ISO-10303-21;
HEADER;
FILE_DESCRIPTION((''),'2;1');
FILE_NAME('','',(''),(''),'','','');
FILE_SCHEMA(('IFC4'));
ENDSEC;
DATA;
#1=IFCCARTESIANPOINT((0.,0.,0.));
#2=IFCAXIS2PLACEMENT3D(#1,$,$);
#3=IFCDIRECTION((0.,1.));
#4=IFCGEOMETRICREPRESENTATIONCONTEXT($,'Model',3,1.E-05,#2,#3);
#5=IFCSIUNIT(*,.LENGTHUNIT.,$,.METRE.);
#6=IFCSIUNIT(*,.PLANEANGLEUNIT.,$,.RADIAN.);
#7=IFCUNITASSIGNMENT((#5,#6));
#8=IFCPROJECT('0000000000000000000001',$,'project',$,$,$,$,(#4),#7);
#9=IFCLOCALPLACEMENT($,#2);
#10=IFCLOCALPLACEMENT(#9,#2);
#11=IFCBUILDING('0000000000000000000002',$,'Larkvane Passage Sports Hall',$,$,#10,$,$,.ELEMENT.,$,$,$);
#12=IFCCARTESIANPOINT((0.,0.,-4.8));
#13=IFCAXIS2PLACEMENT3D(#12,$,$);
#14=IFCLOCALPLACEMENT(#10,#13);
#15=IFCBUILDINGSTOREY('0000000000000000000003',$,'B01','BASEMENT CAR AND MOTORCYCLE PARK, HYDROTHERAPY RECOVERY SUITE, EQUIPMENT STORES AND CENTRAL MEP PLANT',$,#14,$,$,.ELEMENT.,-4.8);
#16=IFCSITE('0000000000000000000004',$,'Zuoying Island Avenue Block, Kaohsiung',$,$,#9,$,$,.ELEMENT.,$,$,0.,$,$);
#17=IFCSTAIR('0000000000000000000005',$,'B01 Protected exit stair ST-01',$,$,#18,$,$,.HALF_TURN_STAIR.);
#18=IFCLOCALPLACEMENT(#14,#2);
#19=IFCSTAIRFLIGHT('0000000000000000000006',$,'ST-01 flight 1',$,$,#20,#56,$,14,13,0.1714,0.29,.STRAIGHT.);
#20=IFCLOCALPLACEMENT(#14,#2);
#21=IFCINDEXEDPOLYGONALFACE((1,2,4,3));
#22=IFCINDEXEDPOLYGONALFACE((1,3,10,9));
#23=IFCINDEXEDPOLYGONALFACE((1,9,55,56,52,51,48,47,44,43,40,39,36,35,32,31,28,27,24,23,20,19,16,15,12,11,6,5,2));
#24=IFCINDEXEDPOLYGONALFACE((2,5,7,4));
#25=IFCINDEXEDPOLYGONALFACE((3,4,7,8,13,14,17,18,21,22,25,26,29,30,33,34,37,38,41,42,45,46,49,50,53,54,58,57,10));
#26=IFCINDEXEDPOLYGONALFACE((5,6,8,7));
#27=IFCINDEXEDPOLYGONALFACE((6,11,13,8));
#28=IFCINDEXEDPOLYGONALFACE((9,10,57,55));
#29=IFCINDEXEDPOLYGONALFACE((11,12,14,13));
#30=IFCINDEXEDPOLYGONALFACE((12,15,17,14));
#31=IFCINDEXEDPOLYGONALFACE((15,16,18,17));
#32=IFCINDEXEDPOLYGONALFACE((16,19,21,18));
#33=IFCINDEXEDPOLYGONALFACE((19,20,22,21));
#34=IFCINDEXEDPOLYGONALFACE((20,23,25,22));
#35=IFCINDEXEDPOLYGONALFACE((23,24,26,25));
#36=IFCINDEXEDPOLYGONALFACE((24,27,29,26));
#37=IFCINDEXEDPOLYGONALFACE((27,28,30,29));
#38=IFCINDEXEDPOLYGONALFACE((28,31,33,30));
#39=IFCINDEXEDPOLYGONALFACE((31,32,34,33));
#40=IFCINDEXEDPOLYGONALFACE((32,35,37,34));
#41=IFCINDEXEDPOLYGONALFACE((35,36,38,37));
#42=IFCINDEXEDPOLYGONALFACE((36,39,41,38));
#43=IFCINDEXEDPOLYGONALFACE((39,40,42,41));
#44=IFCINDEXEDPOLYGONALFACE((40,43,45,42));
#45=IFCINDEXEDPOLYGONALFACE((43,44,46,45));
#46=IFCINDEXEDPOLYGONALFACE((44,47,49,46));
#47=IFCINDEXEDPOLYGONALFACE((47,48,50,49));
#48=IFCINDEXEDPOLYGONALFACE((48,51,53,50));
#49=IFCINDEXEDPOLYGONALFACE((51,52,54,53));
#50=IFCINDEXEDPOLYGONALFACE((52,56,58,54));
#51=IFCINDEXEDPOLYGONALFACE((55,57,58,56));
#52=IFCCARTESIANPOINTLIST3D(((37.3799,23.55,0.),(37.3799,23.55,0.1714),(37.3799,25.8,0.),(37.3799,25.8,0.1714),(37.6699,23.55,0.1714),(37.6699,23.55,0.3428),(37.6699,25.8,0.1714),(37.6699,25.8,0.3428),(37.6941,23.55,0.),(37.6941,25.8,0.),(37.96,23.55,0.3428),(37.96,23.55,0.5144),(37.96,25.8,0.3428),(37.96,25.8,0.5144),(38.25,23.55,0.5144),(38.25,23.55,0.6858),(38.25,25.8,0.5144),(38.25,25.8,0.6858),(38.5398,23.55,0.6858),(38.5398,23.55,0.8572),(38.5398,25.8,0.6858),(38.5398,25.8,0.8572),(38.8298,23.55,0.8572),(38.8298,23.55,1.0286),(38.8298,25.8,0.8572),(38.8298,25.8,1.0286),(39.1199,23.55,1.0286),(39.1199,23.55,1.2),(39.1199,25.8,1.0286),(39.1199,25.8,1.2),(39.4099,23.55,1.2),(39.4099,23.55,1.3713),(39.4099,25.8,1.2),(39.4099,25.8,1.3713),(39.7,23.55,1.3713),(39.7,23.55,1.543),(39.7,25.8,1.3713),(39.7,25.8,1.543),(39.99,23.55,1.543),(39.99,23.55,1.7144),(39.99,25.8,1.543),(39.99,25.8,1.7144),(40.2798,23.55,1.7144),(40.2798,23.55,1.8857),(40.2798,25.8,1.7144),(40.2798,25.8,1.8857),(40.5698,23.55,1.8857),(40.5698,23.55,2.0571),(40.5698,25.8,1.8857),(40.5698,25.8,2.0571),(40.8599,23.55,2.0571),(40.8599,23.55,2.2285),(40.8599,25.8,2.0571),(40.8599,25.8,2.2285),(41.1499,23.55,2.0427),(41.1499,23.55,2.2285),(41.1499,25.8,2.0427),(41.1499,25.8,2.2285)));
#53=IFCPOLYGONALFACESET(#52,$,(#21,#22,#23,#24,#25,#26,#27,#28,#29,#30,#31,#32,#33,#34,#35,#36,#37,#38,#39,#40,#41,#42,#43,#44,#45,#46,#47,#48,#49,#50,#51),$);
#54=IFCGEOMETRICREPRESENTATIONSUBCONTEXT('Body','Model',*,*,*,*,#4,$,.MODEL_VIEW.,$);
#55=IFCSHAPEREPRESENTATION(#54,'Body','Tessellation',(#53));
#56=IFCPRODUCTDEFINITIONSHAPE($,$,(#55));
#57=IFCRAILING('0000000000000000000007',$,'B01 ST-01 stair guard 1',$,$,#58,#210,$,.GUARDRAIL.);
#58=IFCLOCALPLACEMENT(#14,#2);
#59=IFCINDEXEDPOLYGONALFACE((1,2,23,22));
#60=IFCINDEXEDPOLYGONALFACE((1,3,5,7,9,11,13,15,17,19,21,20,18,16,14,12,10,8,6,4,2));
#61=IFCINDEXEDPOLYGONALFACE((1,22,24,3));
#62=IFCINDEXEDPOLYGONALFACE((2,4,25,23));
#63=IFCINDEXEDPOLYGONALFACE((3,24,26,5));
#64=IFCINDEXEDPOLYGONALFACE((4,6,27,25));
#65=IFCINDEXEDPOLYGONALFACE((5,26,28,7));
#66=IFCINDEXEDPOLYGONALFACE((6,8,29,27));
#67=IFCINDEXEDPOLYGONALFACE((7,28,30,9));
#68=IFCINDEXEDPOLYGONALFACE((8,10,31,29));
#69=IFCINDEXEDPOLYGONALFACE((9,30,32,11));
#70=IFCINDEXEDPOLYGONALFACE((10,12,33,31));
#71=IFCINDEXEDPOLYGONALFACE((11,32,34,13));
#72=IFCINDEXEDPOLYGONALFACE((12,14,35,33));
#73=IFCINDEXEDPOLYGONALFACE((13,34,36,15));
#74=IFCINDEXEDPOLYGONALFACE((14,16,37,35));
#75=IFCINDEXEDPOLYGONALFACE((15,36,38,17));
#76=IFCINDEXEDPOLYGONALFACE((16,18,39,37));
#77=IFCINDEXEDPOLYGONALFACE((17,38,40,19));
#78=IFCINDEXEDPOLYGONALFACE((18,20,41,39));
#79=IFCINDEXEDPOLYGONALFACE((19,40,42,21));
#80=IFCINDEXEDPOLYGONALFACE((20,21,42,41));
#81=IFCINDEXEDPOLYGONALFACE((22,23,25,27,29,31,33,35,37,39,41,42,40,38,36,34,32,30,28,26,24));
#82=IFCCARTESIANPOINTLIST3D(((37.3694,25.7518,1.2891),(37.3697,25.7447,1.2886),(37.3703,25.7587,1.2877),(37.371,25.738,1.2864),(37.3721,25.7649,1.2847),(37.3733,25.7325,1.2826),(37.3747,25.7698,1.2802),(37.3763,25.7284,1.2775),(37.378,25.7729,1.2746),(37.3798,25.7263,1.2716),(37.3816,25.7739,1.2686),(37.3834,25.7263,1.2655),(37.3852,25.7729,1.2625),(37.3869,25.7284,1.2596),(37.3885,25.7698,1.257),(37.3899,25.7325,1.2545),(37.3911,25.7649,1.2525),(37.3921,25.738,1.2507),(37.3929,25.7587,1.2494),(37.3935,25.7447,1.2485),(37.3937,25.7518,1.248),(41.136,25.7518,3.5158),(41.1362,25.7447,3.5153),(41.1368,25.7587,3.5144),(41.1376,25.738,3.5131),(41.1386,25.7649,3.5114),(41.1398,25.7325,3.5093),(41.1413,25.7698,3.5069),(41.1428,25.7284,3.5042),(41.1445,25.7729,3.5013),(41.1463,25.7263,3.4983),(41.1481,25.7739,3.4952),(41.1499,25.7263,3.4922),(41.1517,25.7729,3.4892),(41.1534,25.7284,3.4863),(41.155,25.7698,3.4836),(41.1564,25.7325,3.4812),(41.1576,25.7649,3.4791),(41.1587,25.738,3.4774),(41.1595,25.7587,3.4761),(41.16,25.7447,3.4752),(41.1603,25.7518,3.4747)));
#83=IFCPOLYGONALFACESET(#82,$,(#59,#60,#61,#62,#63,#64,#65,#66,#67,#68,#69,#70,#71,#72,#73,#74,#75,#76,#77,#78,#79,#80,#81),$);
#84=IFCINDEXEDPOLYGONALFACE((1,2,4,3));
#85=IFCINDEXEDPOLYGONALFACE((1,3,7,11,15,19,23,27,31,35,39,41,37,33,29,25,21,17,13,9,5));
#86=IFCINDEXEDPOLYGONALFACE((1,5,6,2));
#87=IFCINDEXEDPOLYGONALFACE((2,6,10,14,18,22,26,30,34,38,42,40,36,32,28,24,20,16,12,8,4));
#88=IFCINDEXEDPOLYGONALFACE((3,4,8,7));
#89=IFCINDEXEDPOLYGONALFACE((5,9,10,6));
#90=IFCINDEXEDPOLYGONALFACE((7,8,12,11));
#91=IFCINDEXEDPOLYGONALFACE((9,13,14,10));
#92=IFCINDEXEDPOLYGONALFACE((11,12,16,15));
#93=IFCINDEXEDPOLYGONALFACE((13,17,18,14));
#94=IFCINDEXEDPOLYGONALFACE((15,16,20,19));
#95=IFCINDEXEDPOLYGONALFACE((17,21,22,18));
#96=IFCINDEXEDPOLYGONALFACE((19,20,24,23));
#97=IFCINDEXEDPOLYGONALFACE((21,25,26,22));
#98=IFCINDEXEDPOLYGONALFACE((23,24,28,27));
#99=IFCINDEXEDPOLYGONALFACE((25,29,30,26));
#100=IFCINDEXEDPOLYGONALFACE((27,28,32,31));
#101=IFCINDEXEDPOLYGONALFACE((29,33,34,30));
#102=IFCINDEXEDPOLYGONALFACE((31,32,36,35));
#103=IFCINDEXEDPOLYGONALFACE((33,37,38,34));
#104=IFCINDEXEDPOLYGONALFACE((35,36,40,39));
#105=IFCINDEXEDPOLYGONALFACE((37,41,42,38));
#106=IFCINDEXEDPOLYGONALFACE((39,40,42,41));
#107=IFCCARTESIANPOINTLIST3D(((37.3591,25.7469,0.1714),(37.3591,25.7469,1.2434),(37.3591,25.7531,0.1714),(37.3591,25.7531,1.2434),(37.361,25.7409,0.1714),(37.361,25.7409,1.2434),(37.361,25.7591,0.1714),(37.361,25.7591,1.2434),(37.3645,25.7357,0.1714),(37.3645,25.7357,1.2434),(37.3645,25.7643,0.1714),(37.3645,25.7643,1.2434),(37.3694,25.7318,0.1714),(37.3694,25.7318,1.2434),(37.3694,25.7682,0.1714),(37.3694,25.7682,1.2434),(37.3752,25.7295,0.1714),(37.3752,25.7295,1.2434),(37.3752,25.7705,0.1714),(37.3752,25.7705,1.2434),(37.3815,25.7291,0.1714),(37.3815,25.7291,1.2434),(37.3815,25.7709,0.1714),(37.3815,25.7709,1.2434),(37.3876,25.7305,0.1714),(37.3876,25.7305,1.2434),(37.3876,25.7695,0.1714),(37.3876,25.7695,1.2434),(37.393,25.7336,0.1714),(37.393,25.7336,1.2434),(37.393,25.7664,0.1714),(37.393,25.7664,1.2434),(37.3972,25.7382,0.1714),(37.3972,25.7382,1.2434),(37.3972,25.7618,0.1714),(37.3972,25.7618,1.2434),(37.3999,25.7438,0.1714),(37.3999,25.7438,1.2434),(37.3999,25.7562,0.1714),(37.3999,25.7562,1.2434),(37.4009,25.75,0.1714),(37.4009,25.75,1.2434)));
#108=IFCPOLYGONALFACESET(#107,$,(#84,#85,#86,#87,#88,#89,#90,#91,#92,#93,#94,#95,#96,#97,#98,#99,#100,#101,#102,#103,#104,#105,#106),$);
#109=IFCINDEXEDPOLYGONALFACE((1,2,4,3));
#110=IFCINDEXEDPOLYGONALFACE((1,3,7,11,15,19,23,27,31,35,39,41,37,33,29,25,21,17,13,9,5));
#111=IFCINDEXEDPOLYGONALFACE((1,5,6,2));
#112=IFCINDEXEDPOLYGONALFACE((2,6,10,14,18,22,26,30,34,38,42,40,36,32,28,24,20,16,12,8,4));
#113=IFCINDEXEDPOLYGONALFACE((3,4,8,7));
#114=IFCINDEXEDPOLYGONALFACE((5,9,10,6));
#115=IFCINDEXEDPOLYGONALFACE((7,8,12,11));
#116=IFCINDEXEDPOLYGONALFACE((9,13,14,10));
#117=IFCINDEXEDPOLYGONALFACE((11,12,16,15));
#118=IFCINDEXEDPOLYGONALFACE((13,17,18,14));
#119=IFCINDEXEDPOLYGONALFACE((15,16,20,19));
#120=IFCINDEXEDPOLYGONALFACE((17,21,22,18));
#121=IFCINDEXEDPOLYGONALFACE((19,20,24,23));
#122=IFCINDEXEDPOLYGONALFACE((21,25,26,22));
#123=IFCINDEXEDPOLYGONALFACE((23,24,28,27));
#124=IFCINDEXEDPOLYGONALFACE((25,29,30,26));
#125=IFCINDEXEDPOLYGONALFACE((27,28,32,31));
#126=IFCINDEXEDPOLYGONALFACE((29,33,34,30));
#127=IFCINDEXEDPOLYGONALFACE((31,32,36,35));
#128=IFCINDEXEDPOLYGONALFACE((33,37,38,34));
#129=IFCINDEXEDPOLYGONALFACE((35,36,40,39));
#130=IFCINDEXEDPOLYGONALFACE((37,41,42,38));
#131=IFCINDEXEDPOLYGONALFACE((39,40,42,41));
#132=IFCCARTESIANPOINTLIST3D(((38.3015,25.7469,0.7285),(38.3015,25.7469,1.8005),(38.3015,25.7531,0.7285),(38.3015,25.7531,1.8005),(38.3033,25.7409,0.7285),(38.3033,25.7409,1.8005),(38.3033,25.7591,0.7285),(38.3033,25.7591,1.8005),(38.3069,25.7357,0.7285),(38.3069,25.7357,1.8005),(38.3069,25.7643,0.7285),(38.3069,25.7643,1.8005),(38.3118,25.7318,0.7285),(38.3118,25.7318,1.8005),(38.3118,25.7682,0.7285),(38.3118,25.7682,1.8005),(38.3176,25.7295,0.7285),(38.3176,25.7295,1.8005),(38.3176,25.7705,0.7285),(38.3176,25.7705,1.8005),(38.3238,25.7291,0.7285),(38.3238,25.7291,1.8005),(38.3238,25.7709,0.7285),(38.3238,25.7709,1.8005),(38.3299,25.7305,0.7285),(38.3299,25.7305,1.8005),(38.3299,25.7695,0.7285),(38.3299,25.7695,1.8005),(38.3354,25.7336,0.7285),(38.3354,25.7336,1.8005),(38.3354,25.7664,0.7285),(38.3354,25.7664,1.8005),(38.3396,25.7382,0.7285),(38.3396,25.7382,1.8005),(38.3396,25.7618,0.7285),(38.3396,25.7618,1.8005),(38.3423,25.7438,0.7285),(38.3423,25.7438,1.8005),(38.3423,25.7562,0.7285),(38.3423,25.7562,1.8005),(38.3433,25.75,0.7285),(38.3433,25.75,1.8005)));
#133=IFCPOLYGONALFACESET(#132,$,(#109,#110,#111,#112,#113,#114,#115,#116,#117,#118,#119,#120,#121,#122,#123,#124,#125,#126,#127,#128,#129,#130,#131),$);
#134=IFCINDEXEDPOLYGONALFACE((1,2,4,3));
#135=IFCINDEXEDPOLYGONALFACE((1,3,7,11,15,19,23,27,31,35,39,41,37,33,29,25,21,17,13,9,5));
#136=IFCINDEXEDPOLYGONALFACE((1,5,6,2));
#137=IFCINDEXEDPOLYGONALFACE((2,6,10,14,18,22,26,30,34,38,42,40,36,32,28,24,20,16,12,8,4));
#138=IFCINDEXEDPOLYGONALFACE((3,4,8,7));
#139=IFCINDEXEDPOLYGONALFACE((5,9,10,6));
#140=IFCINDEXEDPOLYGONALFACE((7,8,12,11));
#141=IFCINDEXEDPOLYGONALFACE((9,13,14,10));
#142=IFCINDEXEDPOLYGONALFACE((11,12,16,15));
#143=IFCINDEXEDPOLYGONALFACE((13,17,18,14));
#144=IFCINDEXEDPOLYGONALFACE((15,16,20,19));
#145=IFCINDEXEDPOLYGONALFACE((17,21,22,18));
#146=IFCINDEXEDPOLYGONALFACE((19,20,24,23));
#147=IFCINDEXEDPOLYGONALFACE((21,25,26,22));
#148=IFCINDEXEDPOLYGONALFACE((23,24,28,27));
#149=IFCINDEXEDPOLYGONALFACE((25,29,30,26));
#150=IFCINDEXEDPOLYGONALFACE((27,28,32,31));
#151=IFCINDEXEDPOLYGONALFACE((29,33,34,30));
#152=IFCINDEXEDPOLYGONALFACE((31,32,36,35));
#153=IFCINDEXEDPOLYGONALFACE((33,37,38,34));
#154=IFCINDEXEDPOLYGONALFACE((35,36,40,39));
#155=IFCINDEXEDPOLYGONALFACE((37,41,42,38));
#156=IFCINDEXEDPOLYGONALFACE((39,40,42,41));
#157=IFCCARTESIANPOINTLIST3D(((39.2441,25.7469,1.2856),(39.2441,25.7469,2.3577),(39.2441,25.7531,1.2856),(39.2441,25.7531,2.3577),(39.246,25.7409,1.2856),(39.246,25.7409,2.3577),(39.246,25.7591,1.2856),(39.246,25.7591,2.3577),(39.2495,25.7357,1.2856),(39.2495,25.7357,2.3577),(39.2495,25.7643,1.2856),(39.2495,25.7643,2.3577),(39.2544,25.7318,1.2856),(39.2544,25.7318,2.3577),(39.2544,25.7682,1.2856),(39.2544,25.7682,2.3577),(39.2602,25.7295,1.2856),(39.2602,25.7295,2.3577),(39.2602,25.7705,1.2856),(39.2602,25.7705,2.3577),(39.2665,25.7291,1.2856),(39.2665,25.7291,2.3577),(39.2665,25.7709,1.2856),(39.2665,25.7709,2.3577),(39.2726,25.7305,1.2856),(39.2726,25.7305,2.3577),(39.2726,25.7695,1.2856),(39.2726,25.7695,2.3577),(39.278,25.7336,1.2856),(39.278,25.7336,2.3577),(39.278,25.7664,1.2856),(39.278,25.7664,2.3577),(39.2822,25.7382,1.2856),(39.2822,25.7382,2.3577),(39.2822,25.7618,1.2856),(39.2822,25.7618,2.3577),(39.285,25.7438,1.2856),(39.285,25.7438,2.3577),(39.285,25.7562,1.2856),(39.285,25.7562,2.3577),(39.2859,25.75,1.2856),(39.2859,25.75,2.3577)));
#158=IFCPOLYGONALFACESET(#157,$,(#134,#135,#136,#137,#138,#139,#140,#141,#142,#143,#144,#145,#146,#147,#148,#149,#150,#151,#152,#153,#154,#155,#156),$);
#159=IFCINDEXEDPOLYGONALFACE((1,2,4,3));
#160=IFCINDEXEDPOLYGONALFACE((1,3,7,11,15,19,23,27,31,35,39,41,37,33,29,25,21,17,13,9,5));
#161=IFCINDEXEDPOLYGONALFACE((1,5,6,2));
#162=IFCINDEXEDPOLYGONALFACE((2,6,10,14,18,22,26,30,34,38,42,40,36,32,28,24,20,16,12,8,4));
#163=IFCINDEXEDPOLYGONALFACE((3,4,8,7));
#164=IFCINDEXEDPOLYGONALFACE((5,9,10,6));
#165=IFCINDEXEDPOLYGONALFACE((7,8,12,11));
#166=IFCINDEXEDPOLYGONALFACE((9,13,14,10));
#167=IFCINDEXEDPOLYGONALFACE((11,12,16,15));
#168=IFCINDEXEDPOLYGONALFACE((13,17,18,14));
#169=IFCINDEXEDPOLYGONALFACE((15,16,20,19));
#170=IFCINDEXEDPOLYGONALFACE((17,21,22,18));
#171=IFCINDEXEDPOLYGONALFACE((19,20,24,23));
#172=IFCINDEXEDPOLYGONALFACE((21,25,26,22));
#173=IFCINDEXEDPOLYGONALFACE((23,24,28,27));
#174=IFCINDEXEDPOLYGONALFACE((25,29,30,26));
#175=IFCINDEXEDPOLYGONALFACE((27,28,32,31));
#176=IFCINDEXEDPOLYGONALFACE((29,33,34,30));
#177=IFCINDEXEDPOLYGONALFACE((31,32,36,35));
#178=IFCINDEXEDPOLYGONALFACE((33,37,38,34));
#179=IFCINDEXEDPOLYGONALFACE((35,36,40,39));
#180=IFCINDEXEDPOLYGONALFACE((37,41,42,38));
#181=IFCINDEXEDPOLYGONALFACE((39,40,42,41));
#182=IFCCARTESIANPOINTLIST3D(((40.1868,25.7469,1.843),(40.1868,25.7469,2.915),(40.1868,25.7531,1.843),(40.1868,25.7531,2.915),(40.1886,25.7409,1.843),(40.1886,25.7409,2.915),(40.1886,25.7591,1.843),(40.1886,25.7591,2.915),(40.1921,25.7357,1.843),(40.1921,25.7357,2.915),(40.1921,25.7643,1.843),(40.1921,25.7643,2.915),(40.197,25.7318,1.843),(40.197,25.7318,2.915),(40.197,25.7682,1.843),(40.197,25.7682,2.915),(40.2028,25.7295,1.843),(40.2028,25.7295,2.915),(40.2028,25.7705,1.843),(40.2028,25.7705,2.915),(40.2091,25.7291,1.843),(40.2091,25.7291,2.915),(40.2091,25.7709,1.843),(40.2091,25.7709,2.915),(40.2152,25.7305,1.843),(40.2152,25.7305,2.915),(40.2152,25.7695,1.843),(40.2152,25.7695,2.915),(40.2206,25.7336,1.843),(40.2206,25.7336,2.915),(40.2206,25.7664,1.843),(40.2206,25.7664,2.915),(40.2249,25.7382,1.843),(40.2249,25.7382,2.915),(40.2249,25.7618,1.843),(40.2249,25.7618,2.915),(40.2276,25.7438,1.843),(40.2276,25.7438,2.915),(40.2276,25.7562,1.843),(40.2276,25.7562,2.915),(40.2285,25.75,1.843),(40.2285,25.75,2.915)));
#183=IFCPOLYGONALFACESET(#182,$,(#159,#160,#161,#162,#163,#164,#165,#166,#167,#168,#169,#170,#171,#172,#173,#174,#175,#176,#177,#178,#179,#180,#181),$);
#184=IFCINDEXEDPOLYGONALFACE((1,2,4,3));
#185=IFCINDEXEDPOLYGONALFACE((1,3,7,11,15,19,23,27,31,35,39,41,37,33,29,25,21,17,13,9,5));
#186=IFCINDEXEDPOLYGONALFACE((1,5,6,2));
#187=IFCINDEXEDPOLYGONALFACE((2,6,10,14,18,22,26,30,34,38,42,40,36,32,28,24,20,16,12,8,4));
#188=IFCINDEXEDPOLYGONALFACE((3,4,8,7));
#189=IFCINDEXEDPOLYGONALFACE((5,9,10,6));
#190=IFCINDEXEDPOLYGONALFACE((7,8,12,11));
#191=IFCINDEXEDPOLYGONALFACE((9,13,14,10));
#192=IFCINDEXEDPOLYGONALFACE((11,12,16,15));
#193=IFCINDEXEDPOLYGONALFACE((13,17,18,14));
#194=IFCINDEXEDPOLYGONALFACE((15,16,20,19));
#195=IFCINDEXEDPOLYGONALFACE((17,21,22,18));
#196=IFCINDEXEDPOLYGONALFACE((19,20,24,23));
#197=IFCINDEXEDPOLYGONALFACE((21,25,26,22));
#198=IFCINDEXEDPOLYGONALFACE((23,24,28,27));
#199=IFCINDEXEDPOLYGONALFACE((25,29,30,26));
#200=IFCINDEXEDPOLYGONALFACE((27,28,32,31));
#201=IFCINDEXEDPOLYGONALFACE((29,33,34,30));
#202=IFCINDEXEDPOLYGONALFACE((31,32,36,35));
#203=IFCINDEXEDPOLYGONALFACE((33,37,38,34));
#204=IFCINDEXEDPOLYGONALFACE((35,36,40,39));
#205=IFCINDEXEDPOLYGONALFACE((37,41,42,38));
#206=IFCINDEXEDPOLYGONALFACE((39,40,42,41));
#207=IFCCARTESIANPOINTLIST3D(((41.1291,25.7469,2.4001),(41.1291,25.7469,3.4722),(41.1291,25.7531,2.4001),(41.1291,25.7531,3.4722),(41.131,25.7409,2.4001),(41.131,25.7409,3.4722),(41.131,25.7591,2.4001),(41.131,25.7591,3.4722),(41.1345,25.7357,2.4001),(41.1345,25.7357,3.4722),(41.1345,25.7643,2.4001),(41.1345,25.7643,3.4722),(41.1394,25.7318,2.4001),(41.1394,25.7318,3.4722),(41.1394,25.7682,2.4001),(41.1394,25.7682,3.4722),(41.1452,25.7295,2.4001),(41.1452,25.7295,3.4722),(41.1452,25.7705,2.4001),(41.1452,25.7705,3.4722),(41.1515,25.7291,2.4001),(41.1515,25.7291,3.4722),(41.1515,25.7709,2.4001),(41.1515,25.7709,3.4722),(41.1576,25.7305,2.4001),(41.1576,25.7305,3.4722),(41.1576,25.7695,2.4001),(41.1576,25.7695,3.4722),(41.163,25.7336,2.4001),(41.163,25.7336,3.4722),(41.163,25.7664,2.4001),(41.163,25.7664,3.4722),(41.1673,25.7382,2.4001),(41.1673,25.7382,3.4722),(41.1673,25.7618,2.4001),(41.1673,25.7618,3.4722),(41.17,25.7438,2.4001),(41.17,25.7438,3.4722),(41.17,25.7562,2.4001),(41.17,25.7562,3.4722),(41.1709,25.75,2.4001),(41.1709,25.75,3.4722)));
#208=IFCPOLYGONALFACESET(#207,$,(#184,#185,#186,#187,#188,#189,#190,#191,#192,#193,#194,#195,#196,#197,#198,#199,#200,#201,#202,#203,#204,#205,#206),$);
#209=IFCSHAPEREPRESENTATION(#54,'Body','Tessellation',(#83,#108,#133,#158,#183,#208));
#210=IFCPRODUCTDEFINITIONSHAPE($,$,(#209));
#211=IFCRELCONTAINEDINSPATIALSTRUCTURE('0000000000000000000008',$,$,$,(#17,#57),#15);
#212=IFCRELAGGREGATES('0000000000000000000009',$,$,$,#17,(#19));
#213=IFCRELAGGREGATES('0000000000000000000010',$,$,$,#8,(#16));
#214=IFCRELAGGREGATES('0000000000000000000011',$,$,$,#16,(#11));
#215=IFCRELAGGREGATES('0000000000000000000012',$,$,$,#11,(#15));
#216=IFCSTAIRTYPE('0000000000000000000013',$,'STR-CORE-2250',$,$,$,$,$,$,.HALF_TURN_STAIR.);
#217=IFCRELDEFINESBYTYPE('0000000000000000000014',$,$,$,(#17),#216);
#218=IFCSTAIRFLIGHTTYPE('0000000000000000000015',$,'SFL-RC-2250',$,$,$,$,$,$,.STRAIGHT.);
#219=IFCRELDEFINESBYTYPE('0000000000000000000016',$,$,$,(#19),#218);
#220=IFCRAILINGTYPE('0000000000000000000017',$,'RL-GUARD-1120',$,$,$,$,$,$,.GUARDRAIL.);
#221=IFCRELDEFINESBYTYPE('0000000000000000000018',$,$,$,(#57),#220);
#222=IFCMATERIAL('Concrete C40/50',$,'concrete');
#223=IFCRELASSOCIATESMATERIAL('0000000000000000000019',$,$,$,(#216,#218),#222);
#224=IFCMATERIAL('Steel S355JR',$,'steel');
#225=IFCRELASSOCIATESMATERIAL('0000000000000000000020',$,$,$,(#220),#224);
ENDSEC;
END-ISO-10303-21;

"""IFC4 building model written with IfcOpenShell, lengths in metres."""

from ifc_helpers import new_model, si_unit, direction, frame, origin, origin_2d, place, context, subcontext, project, spatial, polyline, circle, outline, extrude, material, type_object, element, aggregate, save


model = new_model("IFC4")

# Units and contexts
model_context = context("Model", 3, precision=1e-05, world=origin(), true_north=direction((0.0, 1.0)))
body_context = subcontext(model_context, "Body", "Model", "MODEL_VIEW")
ifc_project = project(units=[si_unit("LENGTHUNIT", "METRE"), si_unit("PLANEANGLEUNIT", "RADIAN")], contexts=[model_context])

# Site, building, storey
site_placement = place(None, origin())
site = spatial("IfcSite", under=ifc_project, at=site_placement, Name="Zuoying Island Avenue Block, Kaohsiung", CompositionType="ELEMENT", RefElevation=0.0)
building_placement = place(site_placement, origin())
building = spatial("IfcBuilding", under=site, at=building_placement, Name="Larkvane Passage Sports Hall", CompositionType="ELEMENT")
storey_placement = place(building_placement, frame((0.0, 0.0, -4.8)))
storey = spatial("IfcBuildingStorey", under=building, at=storey_placement, Name="B01", Description="BASEMENT CAR AND MOTORCYCLE PARK, HYDROTHERAPY RECOVERY SUITE, EQUIPMENT STORES AND CENTRAL MEP PLANT", CompositionType="ELEMENT", Elevation=-4.8)

# Shared definitions
ifc_material_1 = material(Name="Concrete C40/50", Category="concrete")

# Stair
stair_type = type_object("IfcStairType", Name="STR-CORE-2250", PredefinedType="HALF_TURN_STAIR", material=ifc_material_1)
stair_1_placement = place(storey_placement, origin())
stair_1 = element("IfcStair", 1, at=stair_1_placement, inside=storey, type_object=stair_type, Name="B01 Protected exit stair ST-01", PredefinedType="HALF_TURN_STAIR")

# Stair flight
stair_flight_type = type_object("IfcStairFlightType", Name="SFL-RC-2250", PredefinedType="STRAIGHT", material=ifc_material_1)
stair_flight_placement = place(storey_placement, frame((37.3799, 24.675, 0.0), z_axis=(0.0, 0.0, 1.0), x_axis=(1.0, 0.0, 0.0)))
stair_flight = element("IfcStairFlight", 2, at=stair_flight_placement, type_object=stair_flight_type, Name="ST-01 flight 1", NumberOfRisers=14, NumberOfTreads=13, PredefinedType="STRAIGHT", RiserHeight=0.1714, TreadLength=0.29, context=body_context, shape_type="SweptSolid", body=[
    extrude(outline(polyline([(0.0, 0.0), (0.0, 0.1714), (0.29, 0.1714), (0.29, 0.3428), (0.5801, 0.3428), (0.5801, 0.5144), (0.8701, 0.5144), (0.8701, 0.6858), (1.1599, 0.6858), (1.1599, 0.8572), (1.45, 0.8572), (1.45, 1.0286), (1.74, 1.0286), (1.74, 1.2), (2.03, 1.2), (2.03, 1.3713), (2.3201, 1.3713), (2.3201, 1.543), (2.6101, 1.543), (2.6101, 1.7144), (2.8999, 1.7144), (2.8999, 1.8857), (3.1899, 1.8857), (3.1899, 2.0571), (3.48, 2.0571), (3.48, 2.2285), (3.77, 2.2285), (3.77, 2.3999), (3.77, 2.0427), (0.3142, 0.0), (0.0, 0.0)])), frame((0.0, 1.125, 0.0), z_axis=(0.0, -1.0, 0.0), x_axis=(1.0, 0.0, 0.0)), (0.0, 0.0, 1.0), 2.25),
])
aggregate(stair_1, [stair_flight])

# Railing
ifc_material_2 = material(Name="Steel S355JR", Category="steel")
railing_type_1 = type_object("IfcRailingType", Name="RL-GUARD-1120", PredefinedType="GUARDRAIL", material=ifc_material_2)
railing_1_placement = place(storey_placement, frame((37.3799, 25.75, 0.1714)))
element("IfcRailing", 3, at=railing_1_placement, inside=storey, type_object=railing_type_1, Name="B01 ST-01 stair guard 1", PredefinedType="GUARDRAIL", context=body_context, shape_type="SweptSolid", body=[
    extrude(circle(Radius=0.0239, at=origin_2d()), frame((0.0017, 0.0, 1.0972), z_axis=(0.860824, 0.0, 0.508902), x_axis=(0.0, 1.0, 0.0)), (0.0, 0.0, 1.0), 4.3755),
    extrude(circle(Radius=0.021, at=origin_2d()), origin(), (0.0, 0.0, 1.0), 1.072),
    extrude(circle(Radius=0.021, at=origin_2d()), frame((0.9424, 0.0, 0.5571)), (0.0, 0.0, 1.0), 1.072),
    extrude(circle(Radius=0.021, at=origin_2d()), frame((1.885, 0.0, 1.1143)), (0.0, 0.0, 1.0), 1.072),
    extrude(circle(Radius=0.021, at=origin_2d()), frame((2.8276, 0.0, 1.6716)), (0.0, 0.0, 1.0), 1.072),
    extrude(circle(Radius=0.021, at=origin_2d()), frame((3.77, 0.0, 2.2288)), (0.0, 0.0, 1.0), 1.072),
])

save(model, "model.ifc")
